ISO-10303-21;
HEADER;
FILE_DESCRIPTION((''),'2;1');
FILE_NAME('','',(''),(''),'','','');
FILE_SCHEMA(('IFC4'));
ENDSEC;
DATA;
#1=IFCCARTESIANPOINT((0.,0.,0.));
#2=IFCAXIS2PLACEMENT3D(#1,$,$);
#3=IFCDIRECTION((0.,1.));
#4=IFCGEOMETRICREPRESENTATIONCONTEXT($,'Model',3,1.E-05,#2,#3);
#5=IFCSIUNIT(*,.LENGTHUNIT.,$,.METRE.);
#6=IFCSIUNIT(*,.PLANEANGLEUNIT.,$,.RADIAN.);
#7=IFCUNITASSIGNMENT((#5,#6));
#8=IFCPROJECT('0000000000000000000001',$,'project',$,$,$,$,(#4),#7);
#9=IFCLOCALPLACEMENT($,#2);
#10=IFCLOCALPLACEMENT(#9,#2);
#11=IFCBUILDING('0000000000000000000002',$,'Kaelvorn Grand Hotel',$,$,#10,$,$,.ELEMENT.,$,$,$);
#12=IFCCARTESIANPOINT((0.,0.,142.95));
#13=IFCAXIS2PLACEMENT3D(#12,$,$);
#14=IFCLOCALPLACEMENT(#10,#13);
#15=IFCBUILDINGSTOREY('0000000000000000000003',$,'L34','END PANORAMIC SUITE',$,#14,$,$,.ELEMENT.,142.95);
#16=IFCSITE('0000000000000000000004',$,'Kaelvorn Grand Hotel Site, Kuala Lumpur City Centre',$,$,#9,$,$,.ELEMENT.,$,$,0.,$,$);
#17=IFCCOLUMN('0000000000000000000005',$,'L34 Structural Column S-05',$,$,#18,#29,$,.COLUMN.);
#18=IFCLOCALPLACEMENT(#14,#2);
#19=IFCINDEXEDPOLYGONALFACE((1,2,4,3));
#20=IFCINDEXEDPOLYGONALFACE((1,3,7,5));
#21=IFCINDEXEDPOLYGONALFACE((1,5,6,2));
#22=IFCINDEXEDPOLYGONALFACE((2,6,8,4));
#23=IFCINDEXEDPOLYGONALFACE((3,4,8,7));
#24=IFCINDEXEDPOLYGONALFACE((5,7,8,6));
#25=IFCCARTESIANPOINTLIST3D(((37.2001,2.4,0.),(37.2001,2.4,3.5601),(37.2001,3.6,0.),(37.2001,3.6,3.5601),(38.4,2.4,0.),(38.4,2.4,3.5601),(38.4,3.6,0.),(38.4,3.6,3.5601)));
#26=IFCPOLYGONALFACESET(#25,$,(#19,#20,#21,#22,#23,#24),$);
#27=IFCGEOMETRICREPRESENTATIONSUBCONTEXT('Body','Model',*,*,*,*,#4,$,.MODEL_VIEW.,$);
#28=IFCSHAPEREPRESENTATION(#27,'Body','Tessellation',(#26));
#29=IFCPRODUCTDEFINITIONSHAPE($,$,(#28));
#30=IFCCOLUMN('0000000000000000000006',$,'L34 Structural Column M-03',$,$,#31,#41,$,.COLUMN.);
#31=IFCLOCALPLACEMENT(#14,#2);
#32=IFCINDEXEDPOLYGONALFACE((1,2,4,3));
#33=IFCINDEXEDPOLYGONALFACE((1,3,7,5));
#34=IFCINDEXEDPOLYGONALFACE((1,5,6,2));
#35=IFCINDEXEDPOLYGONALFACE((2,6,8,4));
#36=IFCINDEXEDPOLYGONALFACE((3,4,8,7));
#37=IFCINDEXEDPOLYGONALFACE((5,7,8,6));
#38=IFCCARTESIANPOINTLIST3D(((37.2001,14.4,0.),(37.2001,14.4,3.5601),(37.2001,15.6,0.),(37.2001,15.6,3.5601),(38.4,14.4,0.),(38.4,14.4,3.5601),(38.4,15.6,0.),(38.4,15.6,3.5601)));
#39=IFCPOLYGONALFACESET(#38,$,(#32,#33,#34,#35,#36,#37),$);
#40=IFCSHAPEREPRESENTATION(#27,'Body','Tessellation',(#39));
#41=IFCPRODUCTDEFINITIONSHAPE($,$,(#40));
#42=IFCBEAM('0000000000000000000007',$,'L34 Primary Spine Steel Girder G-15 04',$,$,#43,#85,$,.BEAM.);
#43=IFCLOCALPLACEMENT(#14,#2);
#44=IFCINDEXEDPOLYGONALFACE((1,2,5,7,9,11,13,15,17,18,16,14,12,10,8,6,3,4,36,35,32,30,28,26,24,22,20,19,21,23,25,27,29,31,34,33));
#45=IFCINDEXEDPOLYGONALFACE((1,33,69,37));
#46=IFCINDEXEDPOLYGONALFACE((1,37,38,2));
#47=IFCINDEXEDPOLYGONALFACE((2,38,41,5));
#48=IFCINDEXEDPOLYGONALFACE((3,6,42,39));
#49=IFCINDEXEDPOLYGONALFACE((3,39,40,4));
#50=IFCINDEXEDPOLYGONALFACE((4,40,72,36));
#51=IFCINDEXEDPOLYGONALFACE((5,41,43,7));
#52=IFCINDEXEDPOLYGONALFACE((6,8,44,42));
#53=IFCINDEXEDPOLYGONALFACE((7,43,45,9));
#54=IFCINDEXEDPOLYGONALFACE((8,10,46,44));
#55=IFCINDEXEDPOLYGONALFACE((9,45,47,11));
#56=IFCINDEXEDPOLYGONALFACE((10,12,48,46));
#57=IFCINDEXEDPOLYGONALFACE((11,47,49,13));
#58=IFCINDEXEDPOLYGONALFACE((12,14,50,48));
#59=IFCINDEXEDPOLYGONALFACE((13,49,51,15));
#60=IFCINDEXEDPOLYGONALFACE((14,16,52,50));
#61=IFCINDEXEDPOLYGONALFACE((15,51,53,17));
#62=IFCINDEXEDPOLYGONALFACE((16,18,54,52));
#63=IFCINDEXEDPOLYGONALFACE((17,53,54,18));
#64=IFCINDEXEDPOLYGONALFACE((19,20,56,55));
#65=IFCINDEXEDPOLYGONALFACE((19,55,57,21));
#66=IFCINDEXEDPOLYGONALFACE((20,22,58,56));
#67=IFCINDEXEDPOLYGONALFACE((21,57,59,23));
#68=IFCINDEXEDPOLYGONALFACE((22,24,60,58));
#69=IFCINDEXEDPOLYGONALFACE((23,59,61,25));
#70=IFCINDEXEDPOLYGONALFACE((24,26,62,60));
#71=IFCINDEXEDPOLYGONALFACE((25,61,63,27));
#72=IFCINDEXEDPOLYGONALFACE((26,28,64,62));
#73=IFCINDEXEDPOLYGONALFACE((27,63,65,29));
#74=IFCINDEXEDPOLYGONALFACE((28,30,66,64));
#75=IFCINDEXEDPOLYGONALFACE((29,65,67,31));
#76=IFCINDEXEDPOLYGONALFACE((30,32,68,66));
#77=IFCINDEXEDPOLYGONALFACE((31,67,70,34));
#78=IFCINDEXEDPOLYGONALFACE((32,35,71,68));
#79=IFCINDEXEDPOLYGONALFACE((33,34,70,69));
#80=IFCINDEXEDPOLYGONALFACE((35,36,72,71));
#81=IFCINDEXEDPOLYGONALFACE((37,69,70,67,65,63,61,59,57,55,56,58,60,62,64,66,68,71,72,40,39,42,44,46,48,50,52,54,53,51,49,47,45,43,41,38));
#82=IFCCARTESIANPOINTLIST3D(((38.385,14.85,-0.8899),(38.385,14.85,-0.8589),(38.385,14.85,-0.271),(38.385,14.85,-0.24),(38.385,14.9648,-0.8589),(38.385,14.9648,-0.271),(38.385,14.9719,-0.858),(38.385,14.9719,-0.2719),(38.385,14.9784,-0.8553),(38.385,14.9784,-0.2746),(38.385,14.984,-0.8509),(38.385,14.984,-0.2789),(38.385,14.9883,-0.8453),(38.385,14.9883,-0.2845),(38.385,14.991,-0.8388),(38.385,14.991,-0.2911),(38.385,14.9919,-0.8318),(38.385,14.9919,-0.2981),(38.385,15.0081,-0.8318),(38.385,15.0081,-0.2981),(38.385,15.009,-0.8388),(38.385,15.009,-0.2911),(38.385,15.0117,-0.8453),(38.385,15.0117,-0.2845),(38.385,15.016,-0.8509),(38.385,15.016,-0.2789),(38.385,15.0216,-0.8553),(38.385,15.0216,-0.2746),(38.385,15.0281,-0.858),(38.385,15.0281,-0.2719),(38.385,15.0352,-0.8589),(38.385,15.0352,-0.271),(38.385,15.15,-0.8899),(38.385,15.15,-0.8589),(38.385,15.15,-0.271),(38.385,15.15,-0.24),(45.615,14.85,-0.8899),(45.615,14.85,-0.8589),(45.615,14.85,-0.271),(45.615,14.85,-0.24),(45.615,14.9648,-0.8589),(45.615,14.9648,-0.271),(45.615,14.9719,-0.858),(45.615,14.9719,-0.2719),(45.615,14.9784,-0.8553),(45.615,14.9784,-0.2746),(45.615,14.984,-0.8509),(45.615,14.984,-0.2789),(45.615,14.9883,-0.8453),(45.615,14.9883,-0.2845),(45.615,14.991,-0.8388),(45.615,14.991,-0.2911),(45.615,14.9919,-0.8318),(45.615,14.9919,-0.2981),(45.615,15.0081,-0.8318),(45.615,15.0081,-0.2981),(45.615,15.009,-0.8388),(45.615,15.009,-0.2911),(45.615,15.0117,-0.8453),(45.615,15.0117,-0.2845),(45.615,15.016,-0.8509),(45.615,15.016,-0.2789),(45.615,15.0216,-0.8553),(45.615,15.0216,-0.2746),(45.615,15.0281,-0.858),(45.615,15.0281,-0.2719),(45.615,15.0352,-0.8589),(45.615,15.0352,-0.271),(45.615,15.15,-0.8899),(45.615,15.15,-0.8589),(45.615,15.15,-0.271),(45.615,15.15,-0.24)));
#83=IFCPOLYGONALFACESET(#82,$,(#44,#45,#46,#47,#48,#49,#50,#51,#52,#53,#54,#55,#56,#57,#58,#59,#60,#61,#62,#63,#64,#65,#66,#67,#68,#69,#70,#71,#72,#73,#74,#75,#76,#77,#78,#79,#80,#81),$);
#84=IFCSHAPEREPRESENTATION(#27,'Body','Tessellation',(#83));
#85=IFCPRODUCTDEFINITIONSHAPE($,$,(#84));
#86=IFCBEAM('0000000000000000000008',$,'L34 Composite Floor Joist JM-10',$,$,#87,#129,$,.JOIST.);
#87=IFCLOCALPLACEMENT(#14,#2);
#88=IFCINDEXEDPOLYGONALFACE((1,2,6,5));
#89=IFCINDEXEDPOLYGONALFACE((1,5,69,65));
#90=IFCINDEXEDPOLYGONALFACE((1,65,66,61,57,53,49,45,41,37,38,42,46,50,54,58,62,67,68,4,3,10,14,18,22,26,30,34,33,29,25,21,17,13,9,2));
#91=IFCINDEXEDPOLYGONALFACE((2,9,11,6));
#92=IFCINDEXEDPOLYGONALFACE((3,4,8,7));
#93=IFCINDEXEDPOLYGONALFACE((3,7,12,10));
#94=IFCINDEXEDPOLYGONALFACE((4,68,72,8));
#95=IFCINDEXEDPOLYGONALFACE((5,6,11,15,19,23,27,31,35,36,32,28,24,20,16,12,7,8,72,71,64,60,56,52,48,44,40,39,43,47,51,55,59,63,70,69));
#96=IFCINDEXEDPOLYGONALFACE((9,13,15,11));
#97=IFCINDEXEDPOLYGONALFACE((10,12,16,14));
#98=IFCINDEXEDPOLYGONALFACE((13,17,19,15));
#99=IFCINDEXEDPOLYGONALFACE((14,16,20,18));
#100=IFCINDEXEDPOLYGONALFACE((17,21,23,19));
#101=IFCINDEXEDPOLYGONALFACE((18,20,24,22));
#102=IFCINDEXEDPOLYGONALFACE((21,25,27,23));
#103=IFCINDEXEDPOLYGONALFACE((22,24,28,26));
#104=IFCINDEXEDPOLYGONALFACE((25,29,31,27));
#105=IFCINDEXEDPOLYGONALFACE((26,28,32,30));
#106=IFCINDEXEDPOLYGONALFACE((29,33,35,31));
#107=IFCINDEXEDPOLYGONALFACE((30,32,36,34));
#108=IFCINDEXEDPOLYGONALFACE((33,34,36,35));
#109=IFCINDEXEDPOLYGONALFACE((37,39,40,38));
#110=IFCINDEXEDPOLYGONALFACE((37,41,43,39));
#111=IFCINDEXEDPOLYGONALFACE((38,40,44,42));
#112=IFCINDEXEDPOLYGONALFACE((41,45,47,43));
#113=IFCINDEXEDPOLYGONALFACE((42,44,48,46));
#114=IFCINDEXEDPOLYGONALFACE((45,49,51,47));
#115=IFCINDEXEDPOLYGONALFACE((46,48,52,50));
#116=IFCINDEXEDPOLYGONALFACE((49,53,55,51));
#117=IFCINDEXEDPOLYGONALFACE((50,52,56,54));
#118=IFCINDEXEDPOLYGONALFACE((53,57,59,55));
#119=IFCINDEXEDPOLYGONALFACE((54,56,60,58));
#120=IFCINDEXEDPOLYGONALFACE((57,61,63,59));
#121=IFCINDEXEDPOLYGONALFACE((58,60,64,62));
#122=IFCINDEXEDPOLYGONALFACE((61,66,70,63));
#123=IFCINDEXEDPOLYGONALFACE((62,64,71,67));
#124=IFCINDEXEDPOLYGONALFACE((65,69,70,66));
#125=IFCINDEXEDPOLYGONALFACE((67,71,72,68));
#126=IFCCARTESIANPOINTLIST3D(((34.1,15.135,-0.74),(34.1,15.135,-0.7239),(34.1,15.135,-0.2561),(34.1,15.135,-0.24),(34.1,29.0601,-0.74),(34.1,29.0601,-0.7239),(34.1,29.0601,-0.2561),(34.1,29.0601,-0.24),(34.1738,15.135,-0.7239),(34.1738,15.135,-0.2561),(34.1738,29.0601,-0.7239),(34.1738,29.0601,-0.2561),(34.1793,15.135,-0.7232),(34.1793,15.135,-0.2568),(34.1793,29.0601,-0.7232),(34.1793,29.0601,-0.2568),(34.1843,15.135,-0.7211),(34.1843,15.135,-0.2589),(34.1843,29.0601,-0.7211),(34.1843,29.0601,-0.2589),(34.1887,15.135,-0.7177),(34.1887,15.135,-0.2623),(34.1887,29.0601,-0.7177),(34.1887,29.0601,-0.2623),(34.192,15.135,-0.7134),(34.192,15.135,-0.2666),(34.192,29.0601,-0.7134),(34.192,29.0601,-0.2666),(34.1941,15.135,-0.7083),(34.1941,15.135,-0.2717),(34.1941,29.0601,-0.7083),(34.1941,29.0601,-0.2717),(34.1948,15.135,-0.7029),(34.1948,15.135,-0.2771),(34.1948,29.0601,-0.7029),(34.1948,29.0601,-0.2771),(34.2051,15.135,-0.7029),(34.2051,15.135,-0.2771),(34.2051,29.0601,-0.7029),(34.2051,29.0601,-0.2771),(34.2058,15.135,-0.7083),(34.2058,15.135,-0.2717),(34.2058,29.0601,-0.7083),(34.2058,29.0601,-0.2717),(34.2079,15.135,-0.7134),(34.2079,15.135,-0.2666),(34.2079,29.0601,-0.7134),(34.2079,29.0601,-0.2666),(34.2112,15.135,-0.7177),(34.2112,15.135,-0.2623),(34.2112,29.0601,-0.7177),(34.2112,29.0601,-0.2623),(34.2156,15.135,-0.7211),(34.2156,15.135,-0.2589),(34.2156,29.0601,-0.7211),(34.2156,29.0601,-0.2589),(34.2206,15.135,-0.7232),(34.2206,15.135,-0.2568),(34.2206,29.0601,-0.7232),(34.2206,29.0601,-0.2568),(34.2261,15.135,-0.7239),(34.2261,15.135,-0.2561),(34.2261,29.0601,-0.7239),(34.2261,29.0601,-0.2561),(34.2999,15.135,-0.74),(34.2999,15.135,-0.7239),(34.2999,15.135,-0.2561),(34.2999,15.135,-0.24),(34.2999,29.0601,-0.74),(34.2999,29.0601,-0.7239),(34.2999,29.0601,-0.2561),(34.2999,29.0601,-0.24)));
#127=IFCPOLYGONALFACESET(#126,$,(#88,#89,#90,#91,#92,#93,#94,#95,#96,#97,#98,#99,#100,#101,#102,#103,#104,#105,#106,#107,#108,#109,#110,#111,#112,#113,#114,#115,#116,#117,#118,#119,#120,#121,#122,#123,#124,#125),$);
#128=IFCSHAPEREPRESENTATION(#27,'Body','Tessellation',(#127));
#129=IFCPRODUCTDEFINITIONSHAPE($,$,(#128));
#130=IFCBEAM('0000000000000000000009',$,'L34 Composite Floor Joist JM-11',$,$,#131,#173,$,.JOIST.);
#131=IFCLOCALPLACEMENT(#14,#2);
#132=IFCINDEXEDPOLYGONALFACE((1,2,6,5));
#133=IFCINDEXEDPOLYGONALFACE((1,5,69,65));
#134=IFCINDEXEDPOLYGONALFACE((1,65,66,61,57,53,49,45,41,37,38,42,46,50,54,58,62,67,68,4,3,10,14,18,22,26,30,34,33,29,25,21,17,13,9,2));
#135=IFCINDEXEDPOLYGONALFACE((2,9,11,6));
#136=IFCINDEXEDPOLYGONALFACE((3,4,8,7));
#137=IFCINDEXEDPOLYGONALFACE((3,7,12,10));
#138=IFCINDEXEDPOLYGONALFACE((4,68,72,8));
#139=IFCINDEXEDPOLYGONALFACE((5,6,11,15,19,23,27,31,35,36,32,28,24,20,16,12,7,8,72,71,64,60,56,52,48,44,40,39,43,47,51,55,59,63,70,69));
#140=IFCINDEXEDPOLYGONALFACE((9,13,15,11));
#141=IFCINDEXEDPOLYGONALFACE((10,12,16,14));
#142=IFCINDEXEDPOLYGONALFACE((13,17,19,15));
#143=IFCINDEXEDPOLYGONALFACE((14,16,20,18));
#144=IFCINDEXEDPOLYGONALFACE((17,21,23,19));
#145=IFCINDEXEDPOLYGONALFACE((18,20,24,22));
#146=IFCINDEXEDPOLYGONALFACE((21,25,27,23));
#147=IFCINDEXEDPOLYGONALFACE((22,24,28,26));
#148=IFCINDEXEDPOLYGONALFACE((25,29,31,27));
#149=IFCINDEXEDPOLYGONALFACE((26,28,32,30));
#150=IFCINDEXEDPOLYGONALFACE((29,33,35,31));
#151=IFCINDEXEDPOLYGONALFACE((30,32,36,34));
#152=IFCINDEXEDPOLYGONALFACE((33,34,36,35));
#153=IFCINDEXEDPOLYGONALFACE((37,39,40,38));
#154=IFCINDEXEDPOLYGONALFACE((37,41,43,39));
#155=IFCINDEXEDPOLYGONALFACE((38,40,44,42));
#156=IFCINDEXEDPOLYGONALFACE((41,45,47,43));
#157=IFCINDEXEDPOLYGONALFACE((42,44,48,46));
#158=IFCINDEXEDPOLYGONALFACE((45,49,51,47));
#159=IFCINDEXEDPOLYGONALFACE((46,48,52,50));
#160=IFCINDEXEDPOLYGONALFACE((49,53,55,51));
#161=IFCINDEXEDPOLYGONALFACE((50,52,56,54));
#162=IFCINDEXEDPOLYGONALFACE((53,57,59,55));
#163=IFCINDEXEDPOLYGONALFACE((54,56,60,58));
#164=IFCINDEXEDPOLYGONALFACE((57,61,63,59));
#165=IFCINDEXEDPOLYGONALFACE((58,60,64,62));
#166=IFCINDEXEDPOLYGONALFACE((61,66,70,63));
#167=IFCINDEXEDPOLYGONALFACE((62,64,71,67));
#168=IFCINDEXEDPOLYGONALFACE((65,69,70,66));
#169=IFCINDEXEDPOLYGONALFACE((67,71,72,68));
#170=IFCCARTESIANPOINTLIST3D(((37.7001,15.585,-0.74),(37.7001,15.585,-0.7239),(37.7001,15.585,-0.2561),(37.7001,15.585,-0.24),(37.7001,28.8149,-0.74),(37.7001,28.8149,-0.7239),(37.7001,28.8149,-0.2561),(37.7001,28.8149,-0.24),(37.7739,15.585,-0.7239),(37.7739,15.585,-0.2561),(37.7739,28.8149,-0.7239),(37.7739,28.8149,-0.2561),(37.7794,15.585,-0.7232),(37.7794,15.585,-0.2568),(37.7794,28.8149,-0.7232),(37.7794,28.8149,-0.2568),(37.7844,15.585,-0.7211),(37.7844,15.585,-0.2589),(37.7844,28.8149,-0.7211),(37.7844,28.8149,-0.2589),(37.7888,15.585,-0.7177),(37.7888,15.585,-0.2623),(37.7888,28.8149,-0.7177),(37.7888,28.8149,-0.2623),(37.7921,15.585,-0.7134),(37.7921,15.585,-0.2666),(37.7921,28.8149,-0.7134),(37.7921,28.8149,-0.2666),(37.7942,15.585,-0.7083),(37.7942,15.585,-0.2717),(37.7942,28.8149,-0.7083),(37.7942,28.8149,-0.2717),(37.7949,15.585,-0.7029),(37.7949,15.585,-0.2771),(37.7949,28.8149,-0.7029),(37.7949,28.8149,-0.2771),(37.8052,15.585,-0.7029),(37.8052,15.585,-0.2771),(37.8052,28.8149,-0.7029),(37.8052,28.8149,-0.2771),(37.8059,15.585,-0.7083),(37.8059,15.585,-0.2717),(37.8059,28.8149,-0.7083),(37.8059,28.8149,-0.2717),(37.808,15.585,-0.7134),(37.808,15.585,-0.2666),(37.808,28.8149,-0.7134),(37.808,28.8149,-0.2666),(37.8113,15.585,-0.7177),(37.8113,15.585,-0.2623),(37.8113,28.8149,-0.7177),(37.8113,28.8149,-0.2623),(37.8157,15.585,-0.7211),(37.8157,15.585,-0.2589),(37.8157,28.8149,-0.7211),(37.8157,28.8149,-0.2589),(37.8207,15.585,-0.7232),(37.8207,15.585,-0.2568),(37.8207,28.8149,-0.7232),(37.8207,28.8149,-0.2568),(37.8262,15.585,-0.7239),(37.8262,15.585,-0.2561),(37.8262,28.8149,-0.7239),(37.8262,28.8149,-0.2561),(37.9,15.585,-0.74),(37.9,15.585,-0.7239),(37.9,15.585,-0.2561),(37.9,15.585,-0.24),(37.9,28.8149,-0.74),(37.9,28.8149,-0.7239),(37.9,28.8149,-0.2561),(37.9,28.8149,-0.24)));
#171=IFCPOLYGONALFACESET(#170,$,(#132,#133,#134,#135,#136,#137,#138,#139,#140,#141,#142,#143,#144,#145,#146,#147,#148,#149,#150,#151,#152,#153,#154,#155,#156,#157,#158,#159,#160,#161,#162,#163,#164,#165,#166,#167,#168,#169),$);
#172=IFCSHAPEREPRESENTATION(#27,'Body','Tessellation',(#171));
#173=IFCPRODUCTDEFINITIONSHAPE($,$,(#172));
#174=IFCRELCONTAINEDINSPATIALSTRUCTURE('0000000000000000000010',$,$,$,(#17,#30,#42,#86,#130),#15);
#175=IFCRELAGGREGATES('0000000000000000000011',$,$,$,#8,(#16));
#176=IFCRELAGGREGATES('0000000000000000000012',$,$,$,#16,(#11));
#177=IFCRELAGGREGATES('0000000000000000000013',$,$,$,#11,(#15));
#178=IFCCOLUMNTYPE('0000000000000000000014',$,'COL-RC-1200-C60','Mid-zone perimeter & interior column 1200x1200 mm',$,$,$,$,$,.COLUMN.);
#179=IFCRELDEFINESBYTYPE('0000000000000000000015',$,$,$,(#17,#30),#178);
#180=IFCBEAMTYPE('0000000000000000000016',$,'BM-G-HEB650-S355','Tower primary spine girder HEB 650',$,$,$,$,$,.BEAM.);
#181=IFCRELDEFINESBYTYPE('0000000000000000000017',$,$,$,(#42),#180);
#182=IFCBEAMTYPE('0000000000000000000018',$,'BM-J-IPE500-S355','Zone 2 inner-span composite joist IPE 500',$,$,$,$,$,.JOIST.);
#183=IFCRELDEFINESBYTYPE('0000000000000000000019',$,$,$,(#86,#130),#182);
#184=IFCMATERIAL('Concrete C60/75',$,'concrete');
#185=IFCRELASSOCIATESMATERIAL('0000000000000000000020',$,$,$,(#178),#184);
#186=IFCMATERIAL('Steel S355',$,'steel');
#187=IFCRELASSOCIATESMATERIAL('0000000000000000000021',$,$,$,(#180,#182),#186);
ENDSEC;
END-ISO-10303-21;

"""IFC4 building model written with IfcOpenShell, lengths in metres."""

from ifc_helpers import new_model, si_unit, direction, frame, origin, origin_2d, place, context, subcontext, project, spatial, rectangle, i_section, extrude, material, material_profile, profile_set, type_object, element, save


model = new_model("IFC4")

# Units and contexts
model_context = context("Model", 3, precision=1e-05, world=origin(), true_north=direction((0.0, 1.0)))
body_context = subcontext(model_context, "Body", "Model", "MODEL_VIEW")
ifc_project = project(units=[si_unit("LENGTHUNIT", "METRE"), si_unit("PLANEANGLEUNIT", "RADIAN")], contexts=[model_context])

# Site, building, storey
site_placement = place(None, origin())
site = spatial("IfcSite", under=ifc_project, at=site_placement, Name="Kaelvorn Grand Hotel Site, Kuala Lumpur City Centre", CompositionType="ELEMENT", RefElevation=0.0)
building_placement = place(site_placement, origin())
building = spatial("IfcBuilding", under=site, at=building_placement, Name="Kaelvorn Grand Hotel", CompositionType="ELEMENT")
storey_placement = place(building_placement, frame((0.0, 0.0, 142.95)))
storey = spatial("IfcBuildingStorey", under=building, at=storey_placement, Name="L34", Description="END PANORAMIC SUITE", CompositionType="ELEMENT", Elevation=142.95)

# Columns
ifc_material_1 = material(Name="Concrete C60/75", Category="concrete")
ifc_material_profile_1 = material_profile(ifc_material_1, rectangle(XDim=1.2, YDim=1.2, at=origin_2d()), Name="RC COL 1200x1200")
ifc_profile_set_1 = profile_set([ifc_material_profile_1], Name="Concrete C60/75")
column_type = type_object("IfcColumnType", Name="COL-RC-1200-C60", Description="Mid-zone perimeter & interior column 1200x1200 mm", PredefinedType="COLUMN", material=ifc_profile_set_1)
for number, where, z_axis, x_axis, name in (
    (1, (37.8, 3.0, 0.0), (0.0, 0.0, 1.0), (1.0, 0.0, 0.0), "L34 Structural Column S-05"),
    (2, (37.8, 15.0, 0.0), (0.0, 0.0, 1.0), (1.0, 0.0, 0.0), "L34 Structural Column M-03"),
):
    element("IfcColumn", number, at=place(storey_placement, frame(where, z_axis=z_axis, x_axis=x_axis)), inside=storey, type_object=column_type, Name=name, PredefinedType="COLUMN", context=body_context, shape_type="SweptSolid", body=[
        extrude(rectangle(XDim=1.2, YDim=1.2, at=origin_2d()), origin(), (0.0, 0.0, 1.0), 3.5601),
    ])

# Beams
ifc_material_2 = material(Name="Steel S355", Category="steel")
ifc_material_profile_2 = material_profile(ifc_material_2, i_section(OverallWidth=0.3, OverallDepth=0.6499, WebThickness=0.0161, FlangeThickness=0.031, FilletRadius=0.0271, at=origin_2d()), Name="HEB 650")
ifc_profile_set_2 = profile_set([ifc_material_profile_2], Name="Steel S355")
beam_type_1 = type_object("IfcBeamType", Name="BM-G-HEB650-S355", Description="Tower primary spine girder HEB 650", PredefinedType="BEAM", material=ifc_profile_set_2)
beam_1_placement = place(storey_placement, frame((38.385, 15.0, -0.5649), z_axis=(1.0, 0.0, 0.0), x_axis=(0.0, 1.0, 0.0)))
element("IfcBeam", 3, at=beam_1_placement, inside=storey, type_object=beam_type_1, Name="L34 Primary Spine Steel Girder G-15 04", PredefinedType="BEAM", context=body_context, shape_type="SweptSolid", body=[
    extrude(i_section(OverallWidth=0.3, OverallDepth=0.6499, WebThickness=0.0161, FlangeThickness=0.031, FilletRadius=0.0271, at=origin_2d()), origin(), (0.0, 0.0, 1.0), 7.23),
])
ifc_material_profile_3 = material_profile(ifc_material_2, i_section(OverallWidth=0.2, OverallDepth=0.5, WebThickness=0.0103, FlangeThickness=0.0161, FilletRadius=0.021, at=origin_2d()), Name="IPE 500")
ifc_profile_set_3 = profile_set([ifc_material_profile_3], Name="Steel S355")
beam_type_2 = type_object("IfcBeamType", Name="BM-J-IPE500-S355", Description="Zone 2 inner-span composite joist IPE 500", PredefinedType="JOIST", material=ifc_profile_set_3)
beam_2_placement = place(storey_placement, frame((34.2, 15.135, -0.49), z_axis=(0.0, 1.0, 0.0), x_axis=(-1.0, 0.0, 0.0)))
element("IfcBeam", 4, at=beam_2_placement, inside=storey, type_object=beam_type_2, Name="L34 Composite Floor Joist JM-10", PredefinedType="JOIST", context=body_context, shape_type="SweptSolid", body=[
    extrude(i_section(OverallWidth=0.2, OverallDepth=0.5, WebThickness=0.0103, FlangeThickness=0.0161, FilletRadius=0.021, at=origin_2d()), origin(), (0.0, 0.0, 1.0), 13.925),
])
beam_3_placement = place(storey_placement, frame((37.8, 15.585, -0.49), z_axis=(0.0, 1.0, 0.0), x_axis=(-1.0, 0.0, 0.0)))
element("IfcBeam", 5, at=beam_3_placement, inside=storey, type_object=beam_type_2, Name="L34 Composite Floor Joist JM-11", PredefinedType="JOIST", context=body_context, shape_type="SweptSolid", body=[
    extrude(i_section(OverallWidth=0.2, OverallDepth=0.5, WebThickness=0.0103, FlangeThickness=0.0161, FilletRadius=0.021, at=origin_2d()), origin(), (0.0, 0.0, 1.0), 13.23),
])

save(model, "model.ifc")
